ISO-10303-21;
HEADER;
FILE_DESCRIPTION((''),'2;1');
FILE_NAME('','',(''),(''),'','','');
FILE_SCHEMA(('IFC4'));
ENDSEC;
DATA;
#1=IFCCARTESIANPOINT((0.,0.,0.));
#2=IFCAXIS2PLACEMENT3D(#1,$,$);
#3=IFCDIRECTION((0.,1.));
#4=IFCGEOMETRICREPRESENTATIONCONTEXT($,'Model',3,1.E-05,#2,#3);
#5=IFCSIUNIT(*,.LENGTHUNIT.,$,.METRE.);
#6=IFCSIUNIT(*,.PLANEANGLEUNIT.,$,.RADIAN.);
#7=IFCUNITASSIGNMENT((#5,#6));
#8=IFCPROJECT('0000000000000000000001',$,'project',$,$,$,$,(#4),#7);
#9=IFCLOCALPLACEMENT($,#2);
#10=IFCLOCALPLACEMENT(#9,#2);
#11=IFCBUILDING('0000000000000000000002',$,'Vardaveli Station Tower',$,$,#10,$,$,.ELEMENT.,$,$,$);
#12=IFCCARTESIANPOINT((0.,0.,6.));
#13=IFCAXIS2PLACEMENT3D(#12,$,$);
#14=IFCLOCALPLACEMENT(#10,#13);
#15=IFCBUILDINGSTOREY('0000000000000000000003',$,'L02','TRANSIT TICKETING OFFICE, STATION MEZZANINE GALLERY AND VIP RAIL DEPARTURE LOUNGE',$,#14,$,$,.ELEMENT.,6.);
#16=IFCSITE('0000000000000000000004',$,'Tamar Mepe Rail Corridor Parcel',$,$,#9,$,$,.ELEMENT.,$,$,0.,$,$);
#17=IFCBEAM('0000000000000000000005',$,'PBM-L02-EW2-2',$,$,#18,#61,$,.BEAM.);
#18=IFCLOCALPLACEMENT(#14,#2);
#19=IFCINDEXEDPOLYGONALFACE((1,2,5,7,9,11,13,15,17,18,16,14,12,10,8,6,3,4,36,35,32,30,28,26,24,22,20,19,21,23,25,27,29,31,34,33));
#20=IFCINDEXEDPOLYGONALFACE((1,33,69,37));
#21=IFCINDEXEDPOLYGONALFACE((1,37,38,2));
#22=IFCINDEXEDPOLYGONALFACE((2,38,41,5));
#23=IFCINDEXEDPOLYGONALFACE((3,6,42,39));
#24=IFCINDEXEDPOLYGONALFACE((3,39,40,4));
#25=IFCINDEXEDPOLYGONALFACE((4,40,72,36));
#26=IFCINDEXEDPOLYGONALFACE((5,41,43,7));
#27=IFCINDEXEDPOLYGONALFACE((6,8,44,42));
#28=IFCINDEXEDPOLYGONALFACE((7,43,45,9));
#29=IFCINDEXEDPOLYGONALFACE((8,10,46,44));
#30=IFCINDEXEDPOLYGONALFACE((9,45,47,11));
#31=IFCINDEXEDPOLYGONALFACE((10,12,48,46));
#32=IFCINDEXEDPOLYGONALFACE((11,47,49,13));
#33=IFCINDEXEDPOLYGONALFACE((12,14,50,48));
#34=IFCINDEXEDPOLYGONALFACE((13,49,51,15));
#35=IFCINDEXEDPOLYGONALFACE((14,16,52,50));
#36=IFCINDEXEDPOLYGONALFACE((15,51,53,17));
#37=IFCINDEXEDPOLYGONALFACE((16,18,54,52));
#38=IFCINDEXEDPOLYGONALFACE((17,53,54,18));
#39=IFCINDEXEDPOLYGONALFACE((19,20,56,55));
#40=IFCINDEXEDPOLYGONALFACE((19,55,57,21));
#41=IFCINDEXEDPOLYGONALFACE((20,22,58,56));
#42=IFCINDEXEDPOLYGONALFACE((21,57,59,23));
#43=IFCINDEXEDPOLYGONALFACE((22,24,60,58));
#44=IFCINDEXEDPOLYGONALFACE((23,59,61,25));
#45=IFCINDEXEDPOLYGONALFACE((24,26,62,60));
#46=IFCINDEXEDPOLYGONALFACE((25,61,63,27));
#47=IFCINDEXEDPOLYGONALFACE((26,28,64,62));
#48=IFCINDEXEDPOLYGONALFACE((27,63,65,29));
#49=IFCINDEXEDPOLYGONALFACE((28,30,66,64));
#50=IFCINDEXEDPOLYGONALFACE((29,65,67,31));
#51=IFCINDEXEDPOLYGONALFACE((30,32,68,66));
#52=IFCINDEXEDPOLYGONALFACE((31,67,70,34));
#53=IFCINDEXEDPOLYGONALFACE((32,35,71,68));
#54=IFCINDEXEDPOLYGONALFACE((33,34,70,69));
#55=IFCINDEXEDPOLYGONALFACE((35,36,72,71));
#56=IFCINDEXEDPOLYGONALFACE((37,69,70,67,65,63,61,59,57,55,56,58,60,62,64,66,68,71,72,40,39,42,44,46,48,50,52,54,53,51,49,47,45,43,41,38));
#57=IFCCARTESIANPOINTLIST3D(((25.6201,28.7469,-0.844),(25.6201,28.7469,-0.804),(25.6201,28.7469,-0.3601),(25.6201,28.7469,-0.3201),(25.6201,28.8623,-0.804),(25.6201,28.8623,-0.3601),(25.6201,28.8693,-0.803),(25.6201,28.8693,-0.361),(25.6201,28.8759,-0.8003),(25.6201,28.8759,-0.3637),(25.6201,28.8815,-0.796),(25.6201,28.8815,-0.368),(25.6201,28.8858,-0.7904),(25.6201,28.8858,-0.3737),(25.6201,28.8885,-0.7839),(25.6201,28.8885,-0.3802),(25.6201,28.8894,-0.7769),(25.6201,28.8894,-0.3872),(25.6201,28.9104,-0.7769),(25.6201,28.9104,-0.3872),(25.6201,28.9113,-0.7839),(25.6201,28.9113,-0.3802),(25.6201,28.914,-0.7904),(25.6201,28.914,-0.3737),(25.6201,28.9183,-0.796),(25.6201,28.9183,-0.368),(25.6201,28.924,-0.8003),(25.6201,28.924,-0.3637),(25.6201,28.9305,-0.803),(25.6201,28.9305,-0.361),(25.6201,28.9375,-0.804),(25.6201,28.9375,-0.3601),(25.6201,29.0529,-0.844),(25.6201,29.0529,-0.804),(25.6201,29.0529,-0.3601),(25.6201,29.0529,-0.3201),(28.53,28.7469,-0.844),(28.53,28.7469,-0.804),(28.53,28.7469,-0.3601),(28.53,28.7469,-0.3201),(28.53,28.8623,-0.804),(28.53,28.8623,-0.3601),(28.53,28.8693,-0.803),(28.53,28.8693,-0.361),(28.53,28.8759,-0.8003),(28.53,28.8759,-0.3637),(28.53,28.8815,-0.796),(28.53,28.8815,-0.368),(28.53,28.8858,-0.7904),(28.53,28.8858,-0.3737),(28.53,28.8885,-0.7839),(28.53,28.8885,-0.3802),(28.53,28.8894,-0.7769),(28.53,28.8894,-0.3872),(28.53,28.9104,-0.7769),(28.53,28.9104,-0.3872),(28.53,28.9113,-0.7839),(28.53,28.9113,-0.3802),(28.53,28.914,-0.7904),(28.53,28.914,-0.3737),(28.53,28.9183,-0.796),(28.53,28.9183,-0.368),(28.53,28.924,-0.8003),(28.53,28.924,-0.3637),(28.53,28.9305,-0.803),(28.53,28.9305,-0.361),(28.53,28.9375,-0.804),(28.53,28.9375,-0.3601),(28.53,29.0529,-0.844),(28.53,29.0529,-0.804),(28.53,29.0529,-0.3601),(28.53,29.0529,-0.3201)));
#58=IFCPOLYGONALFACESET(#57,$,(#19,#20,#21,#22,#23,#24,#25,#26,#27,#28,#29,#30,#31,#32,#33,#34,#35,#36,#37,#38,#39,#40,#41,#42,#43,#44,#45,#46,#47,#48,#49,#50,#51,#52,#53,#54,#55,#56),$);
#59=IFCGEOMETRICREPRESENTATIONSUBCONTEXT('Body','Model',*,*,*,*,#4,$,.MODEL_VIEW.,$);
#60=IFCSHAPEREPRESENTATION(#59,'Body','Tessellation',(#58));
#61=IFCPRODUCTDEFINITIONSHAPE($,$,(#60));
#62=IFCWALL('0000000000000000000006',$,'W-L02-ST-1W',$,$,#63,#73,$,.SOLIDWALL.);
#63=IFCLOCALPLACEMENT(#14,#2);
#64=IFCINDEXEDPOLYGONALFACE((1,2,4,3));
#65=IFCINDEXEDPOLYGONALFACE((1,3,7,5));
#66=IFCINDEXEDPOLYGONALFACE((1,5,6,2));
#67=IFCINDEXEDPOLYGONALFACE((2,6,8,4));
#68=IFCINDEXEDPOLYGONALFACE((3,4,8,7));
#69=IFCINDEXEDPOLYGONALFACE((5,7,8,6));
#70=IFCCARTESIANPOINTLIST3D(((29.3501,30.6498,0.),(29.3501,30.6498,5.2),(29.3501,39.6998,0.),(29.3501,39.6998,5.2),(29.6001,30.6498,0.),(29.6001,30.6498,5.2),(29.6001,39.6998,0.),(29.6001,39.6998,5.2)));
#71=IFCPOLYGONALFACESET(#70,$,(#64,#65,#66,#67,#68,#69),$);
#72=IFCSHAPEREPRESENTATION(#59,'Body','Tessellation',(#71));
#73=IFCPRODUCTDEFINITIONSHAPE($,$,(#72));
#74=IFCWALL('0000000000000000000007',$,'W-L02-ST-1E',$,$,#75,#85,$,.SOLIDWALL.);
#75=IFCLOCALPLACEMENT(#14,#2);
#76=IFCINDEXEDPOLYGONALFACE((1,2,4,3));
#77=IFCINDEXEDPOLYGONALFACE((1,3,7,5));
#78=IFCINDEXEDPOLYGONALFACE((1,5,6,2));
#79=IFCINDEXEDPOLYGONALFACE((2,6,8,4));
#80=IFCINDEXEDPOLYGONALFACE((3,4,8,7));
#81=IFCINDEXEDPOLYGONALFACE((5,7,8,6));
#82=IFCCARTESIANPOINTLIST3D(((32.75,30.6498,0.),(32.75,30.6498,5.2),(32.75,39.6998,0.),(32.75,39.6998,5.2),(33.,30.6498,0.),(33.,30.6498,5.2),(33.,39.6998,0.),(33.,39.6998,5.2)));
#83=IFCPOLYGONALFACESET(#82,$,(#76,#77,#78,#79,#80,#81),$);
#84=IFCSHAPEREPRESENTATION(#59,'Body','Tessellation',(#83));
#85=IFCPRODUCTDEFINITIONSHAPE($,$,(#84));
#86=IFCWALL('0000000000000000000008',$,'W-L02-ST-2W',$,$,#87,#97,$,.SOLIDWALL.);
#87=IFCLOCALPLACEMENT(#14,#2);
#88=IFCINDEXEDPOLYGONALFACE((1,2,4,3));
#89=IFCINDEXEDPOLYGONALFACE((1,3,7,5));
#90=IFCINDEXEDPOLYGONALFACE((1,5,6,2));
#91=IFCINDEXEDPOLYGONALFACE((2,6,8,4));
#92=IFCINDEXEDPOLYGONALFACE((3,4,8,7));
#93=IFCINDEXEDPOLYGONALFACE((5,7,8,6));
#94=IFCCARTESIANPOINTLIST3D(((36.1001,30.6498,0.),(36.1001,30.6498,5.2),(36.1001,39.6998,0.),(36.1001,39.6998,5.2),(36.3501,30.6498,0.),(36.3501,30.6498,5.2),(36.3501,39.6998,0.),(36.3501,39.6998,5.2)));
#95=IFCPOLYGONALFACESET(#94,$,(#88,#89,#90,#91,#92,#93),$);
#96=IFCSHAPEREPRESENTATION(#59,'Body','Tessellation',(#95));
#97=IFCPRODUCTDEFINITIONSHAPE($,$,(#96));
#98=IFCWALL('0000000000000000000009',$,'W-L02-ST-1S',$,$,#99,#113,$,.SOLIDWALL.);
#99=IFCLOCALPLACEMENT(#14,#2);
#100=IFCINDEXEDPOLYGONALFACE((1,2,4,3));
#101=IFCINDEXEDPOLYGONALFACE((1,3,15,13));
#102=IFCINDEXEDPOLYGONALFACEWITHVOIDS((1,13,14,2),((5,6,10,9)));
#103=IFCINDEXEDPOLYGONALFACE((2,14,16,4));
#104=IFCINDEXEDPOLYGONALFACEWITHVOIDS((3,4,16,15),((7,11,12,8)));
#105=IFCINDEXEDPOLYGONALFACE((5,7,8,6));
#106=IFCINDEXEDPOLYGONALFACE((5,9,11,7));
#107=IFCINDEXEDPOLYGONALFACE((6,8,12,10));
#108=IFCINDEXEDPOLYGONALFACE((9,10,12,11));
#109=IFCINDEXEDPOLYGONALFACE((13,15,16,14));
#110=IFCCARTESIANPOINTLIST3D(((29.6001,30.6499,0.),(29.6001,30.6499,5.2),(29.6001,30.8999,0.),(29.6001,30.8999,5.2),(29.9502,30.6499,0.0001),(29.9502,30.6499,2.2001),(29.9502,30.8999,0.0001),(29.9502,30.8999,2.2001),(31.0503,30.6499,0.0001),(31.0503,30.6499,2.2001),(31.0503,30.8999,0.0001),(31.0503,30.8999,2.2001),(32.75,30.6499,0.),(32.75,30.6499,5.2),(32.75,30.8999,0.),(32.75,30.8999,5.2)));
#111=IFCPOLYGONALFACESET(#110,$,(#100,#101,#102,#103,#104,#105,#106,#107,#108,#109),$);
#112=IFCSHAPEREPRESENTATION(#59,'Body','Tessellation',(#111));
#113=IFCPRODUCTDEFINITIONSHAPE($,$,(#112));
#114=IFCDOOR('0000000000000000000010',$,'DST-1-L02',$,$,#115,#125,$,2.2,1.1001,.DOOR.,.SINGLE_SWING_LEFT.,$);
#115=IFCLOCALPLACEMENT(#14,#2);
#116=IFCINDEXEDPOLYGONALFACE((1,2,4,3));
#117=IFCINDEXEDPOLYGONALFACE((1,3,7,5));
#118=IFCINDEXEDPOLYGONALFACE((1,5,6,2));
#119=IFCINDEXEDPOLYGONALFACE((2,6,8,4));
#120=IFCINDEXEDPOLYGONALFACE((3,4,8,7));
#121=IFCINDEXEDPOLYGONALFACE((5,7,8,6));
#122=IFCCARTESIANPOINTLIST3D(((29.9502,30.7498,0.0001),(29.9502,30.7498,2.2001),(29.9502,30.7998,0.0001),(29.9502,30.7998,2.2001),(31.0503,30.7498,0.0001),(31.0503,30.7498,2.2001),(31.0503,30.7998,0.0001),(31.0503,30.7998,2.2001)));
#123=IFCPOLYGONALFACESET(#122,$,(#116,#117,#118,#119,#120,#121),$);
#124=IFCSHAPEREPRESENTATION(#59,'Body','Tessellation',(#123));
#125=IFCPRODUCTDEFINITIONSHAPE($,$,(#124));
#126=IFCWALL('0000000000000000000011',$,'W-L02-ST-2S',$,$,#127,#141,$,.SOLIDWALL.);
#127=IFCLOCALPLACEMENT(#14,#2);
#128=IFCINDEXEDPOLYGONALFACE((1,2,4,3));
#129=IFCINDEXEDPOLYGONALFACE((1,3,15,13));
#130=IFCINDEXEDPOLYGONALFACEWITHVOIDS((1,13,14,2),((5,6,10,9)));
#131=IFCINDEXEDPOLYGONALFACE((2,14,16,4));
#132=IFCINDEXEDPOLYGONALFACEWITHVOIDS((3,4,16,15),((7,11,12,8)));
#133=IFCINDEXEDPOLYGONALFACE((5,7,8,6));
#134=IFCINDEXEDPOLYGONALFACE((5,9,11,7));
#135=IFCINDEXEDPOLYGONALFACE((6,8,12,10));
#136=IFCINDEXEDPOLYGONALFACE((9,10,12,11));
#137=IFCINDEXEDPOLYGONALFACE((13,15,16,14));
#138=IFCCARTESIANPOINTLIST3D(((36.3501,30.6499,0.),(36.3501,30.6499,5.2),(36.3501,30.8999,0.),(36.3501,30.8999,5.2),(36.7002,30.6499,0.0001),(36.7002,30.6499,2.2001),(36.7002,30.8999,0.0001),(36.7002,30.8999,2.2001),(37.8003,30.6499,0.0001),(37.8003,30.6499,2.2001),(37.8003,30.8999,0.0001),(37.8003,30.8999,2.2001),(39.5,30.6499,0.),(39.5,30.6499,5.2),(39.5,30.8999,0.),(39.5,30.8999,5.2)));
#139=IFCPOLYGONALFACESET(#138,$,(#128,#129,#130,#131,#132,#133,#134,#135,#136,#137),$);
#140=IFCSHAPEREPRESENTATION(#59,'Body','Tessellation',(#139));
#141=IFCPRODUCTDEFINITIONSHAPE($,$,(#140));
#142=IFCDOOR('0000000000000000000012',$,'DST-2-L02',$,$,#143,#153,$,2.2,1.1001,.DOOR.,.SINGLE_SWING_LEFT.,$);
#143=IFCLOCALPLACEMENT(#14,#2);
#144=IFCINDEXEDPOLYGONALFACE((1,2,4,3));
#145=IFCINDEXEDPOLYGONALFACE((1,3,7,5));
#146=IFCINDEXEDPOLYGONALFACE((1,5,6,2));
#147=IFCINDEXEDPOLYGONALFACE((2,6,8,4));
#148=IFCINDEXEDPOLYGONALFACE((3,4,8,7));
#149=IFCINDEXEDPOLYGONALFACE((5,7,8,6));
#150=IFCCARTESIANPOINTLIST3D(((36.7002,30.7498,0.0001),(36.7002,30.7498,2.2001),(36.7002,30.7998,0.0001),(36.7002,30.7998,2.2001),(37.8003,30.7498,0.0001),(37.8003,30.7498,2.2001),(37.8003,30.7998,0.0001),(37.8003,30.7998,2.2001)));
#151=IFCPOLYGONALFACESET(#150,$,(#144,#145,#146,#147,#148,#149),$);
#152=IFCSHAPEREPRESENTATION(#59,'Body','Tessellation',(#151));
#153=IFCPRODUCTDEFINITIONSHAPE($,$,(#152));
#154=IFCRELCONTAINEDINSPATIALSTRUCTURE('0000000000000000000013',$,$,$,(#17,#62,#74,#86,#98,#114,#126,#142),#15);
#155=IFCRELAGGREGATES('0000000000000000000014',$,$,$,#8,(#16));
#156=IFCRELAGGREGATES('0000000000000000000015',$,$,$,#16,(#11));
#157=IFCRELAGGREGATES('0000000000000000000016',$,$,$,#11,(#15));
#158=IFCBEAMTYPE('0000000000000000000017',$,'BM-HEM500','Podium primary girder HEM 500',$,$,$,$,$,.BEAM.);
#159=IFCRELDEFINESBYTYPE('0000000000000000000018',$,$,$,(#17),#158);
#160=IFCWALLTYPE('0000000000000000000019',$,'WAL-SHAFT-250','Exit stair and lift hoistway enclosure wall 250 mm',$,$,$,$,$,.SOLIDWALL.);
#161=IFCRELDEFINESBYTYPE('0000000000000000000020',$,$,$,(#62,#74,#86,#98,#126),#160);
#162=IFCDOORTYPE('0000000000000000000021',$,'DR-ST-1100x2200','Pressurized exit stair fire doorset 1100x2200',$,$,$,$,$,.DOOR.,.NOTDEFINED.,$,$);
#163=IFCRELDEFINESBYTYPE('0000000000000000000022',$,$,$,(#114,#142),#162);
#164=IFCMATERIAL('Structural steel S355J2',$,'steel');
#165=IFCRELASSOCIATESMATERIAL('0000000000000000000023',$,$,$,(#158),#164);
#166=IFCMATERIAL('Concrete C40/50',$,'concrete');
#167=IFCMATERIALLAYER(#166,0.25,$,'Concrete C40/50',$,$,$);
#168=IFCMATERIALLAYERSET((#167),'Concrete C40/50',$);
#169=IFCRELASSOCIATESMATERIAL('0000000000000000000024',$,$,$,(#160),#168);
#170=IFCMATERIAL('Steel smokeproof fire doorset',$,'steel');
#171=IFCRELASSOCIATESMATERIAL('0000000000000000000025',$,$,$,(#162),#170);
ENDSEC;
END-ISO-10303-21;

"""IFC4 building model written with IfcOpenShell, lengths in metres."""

from ifc_helpers import new_model, si_unit, direction, frame, frame_2d, origin, origin_2d, place, context, subcontext, project, spatial, rectangle, i_section, extrude, source, transform, mapped, material, layer, layer_set, material_profile, profile_set, type_object, element, fill, save


model = new_model("IFC4")

# Units and contexts
model_context = context("Model", 3, precision=1e-05, world=origin(), true_north=direction((0.0, 1.0)))
body_context = subcontext(model_context, "Body", "Model", "MODEL_VIEW")
ifc_project = project(units=[si_unit("LENGTHUNIT", "METRE"), si_unit("PLANEANGLEUNIT", "RADIAN")], contexts=[model_context])

# Site, building, storey
site_placement = place(None, origin())
site = spatial("IfcSite", under=ifc_project, at=site_placement, Name="Tamar Mepe Rail Corridor Parcel", CompositionType="ELEMENT", RefElevation=0.0)
building_placement = place(site_placement, origin())
building = spatial("IfcBuilding", under=site, at=building_placement, Name="Vardaveli Station Tower", CompositionType="ELEMENT")
storey_placement = place(building_placement, frame((0.0, 0.0, 6.0)))
storey = spatial("IfcBuildingStorey", under=building, at=storey_placement, Name="L02", Description="TRANSIT TICKETING OFFICE, STATION MEZZANINE GALLERY AND VIP RAIL DEPARTURE LOUNGE", CompositionType="ELEMENT", Elevation=6.0)

# Beam
ifc_material_1 = material(Name="Structural steel S355J2", Category="steel")
ifc_material_profile_1 = material_profile(ifc_material_1, i_section(OverallWidth=0.3059, OverallDepth=0.5239, WebThickness=0.021, FlangeThickness=0.04, FilletRadius=0.0271, at=origin_2d()), Name="HEM 500")
ifc_profile_set_1 = profile_set([ifc_material_profile_1], Name="Structural steel S355J2")
beam_type = type_object("IfcBeamType", Name="BM-HEM500", Description="Podium primary girder HEM 500", PredefinedType="BEAM", material=ifc_profile_set_1)
shared_shape_1 = source(origin(), body_context, "Body", "SweptSolid", [
    extrude(i_section(OverallWidth=0.3059, OverallDepth=0.5239, WebThickness=0.021, FlangeThickness=0.04, FilletRadius=0.0271, at=origin_2d()), origin(), (0.0, 0.0, 1.0), 2.9099),
])
beam_placement = place(storey_placement, frame((25.6201, 28.8999, -0.582), z_axis=(1.0, 0.0, 0.0), x_axis=(0.0, 1.0, 0.0)))
element("IfcBeam", 1, at=beam_placement, inside=storey, type_object=beam_type, Name="PBM-L02-EW2-2", PredefinedType="BEAM", context=body_context, shape_type="MappedRepresentation", body=[
    mapped(shared_shape_1, transform((0.0, 0.0, 0.0), scale=1.0)),
])

# Walls
ifc_material_2 = material(Name="Concrete C40/50", Category="concrete")
ifc_layer_1 = layer(ifc_material_2, 0.25, Name="Concrete C40/50")
ifc_layer_set_1 = layer_set([ifc_layer_1], Name="Concrete C40/50")
wall_type_1 = type_object("IfcWallType", Name="WAL-SHAFT-250", Description="Exit stair and lift hoistway enclosure wall 250 mm", PredefinedType="SOLIDWALL", material=ifc_layer_set_1)
shared_shape_2 = source(origin(), body_context, "Body", "SweptSolid", [
    extrude(rectangle(XDim=9.05, YDim=0.25, at=frame_2d((4.5249, 0.0))), origin(), (0.0, 0.0, 1.0), 5.2),
])
for number, where, z_axis, x_axis, name in (
    (2, (29.4751, 30.6499, 0.0), (0.0, 0.0, 1.0), (0.0, 1.0, 0.0), "W-L02-ST-1W"),
    (3, (32.875, 30.6499, 0.0), (0.0, 0.0, 1.0), (0.0, 1.0, 0.0), "W-L02-ST-1E"),
    (4, (36.2251, 30.6499, 0.0), (0.0, 0.0, 1.0), (0.0, 1.0, 0.0), "W-L02-ST-2W"),
):
    element("IfcWall", number, at=place(storey_placement, frame(where, z_axis=z_axis, x_axis=x_axis)), inside=storey, type_object=wall_type_1, Name=name, PredefinedType="SOLIDWALL", context=body_context, shape_type="MappedRepresentation", body=[
        mapped(shared_shape_2, transform((0.0, 0.0, 0.0), scale=1.0)),
    ])

# Walls, openings, doors
shared_shape_3 = source(origin(), body_context, "Body", "SweptSolid", [
    extrude(rectangle(XDim=3.1499, YDim=0.25, at=frame_2d((1.575, 0.0))), origin(), (0.0, 0.0, 1.0), 5.2),
])
wall_1_placement = place(storey_placement, frame((29.6001, 30.7749, 0.0), z_axis=(0.0, 0.0, 1.0), x_axis=(1.0, 0.0, 0.0)))
wall_1 = element("IfcWall", 5, at=wall_1_placement, inside=storey, type_object=wall_type_1, Name="W-L02-ST-1S", PredefinedType="SOLIDWALL", context=body_context, shape_type="MappedRepresentation", body=[
    mapped(shared_shape_3, transform((0.0, 0.0, 0.0), scale=1.0)),
])
shared_shape_4 = source(origin(), body_context, "Body", "SweptSolid", [
    extrude(rectangle(XDim=1.1001, YDim=2.2, at=frame_2d((0.55, 1.1001))), frame((0.0, 0.135, 0.0), z_axis=(0.0, -1.0, 0.0), x_axis=(1.0, 0.0, 0.0)), (0.0, 0.0, 1.0), 0.27),
])
opening_1_placement = place(wall_1_placement, frame((0.3501, 0.0, 0.0)))
opening_1 = element("IfcOpeningElement", 6, at=opening_1_placement, cuts=wall_1, PredefinedType="OPENING", context=body_context, shape_type="MappedRepresentation", body=[
    mapped(shared_shape_4, transform((0.0, 0.0, 0.0), scale=1.0)),
])
ifc_material_3 = material(Name="Steel smokeproof fire doorset", Category="steel")
door_type_1 = type_object("IfcDoorType", Name="DR-ST-1100x2200", Description="Pressurized exit stair fire doorset 1100x2200", OperationType="NOTDEFINED", PredefinedType="DOOR", material=ifc_material_3)
shared_shape_5 = source(origin(), body_context, "Body", "SweptSolid", [
    extrude(rectangle(XDim=1.1001, YDim=2.2, at=frame_2d((0.55, 1.1001))), frame((0.0, 0.0249, 0.0), z_axis=(0.0, -1.0, 0.0), x_axis=(1.0, 0.0, 0.0)), (0.0, 0.0, 1.0), 0.05),
])
door_1_placement = place(opening_1_placement, origin())
door_1 = element("IfcDoor", 7, at=door_1_placement, inside=storey, type_object=door_type_1, Name="DST-1-L02", OperationType="SINGLE_SWING_LEFT", OverallHeight=2.2, OverallWidth=1.1001, PredefinedType="DOOR", context=body_context, shape_type="MappedRepresentation", body=[
    mapped(shared_shape_5, transform((0.0, 0.0, 0.0), scale=1.0)),
])
fill(opening_1, door_1)
wall_2_placement = place(storey_placement, frame((36.3501, 30.7749, 0.0), z_axis=(0.0, 0.0, 1.0), x_axis=(1.0, 0.0, 0.0)))
wall_2 = element("IfcWall", 8, at=wall_2_placement, inside=storey, type_object=wall_type_1, Name="W-L02-ST-2S", PredefinedType="SOLIDWALL", context=body_context, shape_type="MappedRepresentation", body=[
    mapped(shared_shape_3, transform((0.0, 0.0, 0.0), scale=1.0)),
])
opening_2_placement = place(wall_2_placement, frame((0.3501, 0.0, 0.0)))
opening_2 = element("IfcOpeningElement", 9, at=opening_2_placement, cuts=wall_2, PredefinedType="OPENING", context=body_context, shape_type="MappedRepresentation", body=[
    mapped(shared_shape_4, transform((0.0, 0.0, 0.0), scale=1.0)),
])
door_2_placement = place(opening_2_placement, origin())
door_2 = element("IfcDoor", 10, at=door_2_placement, inside=storey, type_object=door_type_1, Name="DST-2-L02", OperationType="SINGLE_SWING_LEFT", OverallHeight=2.2, OverallWidth=1.1001, PredefinedType="DOOR", context=body_context, shape_type="MappedRepresentation", body=[
    mapped(shared_shape_5, transform((0.0, 0.0, 0.0), scale=1.0)),
])
fill(opening_2, door_2)

save(model, "model.ifc")
